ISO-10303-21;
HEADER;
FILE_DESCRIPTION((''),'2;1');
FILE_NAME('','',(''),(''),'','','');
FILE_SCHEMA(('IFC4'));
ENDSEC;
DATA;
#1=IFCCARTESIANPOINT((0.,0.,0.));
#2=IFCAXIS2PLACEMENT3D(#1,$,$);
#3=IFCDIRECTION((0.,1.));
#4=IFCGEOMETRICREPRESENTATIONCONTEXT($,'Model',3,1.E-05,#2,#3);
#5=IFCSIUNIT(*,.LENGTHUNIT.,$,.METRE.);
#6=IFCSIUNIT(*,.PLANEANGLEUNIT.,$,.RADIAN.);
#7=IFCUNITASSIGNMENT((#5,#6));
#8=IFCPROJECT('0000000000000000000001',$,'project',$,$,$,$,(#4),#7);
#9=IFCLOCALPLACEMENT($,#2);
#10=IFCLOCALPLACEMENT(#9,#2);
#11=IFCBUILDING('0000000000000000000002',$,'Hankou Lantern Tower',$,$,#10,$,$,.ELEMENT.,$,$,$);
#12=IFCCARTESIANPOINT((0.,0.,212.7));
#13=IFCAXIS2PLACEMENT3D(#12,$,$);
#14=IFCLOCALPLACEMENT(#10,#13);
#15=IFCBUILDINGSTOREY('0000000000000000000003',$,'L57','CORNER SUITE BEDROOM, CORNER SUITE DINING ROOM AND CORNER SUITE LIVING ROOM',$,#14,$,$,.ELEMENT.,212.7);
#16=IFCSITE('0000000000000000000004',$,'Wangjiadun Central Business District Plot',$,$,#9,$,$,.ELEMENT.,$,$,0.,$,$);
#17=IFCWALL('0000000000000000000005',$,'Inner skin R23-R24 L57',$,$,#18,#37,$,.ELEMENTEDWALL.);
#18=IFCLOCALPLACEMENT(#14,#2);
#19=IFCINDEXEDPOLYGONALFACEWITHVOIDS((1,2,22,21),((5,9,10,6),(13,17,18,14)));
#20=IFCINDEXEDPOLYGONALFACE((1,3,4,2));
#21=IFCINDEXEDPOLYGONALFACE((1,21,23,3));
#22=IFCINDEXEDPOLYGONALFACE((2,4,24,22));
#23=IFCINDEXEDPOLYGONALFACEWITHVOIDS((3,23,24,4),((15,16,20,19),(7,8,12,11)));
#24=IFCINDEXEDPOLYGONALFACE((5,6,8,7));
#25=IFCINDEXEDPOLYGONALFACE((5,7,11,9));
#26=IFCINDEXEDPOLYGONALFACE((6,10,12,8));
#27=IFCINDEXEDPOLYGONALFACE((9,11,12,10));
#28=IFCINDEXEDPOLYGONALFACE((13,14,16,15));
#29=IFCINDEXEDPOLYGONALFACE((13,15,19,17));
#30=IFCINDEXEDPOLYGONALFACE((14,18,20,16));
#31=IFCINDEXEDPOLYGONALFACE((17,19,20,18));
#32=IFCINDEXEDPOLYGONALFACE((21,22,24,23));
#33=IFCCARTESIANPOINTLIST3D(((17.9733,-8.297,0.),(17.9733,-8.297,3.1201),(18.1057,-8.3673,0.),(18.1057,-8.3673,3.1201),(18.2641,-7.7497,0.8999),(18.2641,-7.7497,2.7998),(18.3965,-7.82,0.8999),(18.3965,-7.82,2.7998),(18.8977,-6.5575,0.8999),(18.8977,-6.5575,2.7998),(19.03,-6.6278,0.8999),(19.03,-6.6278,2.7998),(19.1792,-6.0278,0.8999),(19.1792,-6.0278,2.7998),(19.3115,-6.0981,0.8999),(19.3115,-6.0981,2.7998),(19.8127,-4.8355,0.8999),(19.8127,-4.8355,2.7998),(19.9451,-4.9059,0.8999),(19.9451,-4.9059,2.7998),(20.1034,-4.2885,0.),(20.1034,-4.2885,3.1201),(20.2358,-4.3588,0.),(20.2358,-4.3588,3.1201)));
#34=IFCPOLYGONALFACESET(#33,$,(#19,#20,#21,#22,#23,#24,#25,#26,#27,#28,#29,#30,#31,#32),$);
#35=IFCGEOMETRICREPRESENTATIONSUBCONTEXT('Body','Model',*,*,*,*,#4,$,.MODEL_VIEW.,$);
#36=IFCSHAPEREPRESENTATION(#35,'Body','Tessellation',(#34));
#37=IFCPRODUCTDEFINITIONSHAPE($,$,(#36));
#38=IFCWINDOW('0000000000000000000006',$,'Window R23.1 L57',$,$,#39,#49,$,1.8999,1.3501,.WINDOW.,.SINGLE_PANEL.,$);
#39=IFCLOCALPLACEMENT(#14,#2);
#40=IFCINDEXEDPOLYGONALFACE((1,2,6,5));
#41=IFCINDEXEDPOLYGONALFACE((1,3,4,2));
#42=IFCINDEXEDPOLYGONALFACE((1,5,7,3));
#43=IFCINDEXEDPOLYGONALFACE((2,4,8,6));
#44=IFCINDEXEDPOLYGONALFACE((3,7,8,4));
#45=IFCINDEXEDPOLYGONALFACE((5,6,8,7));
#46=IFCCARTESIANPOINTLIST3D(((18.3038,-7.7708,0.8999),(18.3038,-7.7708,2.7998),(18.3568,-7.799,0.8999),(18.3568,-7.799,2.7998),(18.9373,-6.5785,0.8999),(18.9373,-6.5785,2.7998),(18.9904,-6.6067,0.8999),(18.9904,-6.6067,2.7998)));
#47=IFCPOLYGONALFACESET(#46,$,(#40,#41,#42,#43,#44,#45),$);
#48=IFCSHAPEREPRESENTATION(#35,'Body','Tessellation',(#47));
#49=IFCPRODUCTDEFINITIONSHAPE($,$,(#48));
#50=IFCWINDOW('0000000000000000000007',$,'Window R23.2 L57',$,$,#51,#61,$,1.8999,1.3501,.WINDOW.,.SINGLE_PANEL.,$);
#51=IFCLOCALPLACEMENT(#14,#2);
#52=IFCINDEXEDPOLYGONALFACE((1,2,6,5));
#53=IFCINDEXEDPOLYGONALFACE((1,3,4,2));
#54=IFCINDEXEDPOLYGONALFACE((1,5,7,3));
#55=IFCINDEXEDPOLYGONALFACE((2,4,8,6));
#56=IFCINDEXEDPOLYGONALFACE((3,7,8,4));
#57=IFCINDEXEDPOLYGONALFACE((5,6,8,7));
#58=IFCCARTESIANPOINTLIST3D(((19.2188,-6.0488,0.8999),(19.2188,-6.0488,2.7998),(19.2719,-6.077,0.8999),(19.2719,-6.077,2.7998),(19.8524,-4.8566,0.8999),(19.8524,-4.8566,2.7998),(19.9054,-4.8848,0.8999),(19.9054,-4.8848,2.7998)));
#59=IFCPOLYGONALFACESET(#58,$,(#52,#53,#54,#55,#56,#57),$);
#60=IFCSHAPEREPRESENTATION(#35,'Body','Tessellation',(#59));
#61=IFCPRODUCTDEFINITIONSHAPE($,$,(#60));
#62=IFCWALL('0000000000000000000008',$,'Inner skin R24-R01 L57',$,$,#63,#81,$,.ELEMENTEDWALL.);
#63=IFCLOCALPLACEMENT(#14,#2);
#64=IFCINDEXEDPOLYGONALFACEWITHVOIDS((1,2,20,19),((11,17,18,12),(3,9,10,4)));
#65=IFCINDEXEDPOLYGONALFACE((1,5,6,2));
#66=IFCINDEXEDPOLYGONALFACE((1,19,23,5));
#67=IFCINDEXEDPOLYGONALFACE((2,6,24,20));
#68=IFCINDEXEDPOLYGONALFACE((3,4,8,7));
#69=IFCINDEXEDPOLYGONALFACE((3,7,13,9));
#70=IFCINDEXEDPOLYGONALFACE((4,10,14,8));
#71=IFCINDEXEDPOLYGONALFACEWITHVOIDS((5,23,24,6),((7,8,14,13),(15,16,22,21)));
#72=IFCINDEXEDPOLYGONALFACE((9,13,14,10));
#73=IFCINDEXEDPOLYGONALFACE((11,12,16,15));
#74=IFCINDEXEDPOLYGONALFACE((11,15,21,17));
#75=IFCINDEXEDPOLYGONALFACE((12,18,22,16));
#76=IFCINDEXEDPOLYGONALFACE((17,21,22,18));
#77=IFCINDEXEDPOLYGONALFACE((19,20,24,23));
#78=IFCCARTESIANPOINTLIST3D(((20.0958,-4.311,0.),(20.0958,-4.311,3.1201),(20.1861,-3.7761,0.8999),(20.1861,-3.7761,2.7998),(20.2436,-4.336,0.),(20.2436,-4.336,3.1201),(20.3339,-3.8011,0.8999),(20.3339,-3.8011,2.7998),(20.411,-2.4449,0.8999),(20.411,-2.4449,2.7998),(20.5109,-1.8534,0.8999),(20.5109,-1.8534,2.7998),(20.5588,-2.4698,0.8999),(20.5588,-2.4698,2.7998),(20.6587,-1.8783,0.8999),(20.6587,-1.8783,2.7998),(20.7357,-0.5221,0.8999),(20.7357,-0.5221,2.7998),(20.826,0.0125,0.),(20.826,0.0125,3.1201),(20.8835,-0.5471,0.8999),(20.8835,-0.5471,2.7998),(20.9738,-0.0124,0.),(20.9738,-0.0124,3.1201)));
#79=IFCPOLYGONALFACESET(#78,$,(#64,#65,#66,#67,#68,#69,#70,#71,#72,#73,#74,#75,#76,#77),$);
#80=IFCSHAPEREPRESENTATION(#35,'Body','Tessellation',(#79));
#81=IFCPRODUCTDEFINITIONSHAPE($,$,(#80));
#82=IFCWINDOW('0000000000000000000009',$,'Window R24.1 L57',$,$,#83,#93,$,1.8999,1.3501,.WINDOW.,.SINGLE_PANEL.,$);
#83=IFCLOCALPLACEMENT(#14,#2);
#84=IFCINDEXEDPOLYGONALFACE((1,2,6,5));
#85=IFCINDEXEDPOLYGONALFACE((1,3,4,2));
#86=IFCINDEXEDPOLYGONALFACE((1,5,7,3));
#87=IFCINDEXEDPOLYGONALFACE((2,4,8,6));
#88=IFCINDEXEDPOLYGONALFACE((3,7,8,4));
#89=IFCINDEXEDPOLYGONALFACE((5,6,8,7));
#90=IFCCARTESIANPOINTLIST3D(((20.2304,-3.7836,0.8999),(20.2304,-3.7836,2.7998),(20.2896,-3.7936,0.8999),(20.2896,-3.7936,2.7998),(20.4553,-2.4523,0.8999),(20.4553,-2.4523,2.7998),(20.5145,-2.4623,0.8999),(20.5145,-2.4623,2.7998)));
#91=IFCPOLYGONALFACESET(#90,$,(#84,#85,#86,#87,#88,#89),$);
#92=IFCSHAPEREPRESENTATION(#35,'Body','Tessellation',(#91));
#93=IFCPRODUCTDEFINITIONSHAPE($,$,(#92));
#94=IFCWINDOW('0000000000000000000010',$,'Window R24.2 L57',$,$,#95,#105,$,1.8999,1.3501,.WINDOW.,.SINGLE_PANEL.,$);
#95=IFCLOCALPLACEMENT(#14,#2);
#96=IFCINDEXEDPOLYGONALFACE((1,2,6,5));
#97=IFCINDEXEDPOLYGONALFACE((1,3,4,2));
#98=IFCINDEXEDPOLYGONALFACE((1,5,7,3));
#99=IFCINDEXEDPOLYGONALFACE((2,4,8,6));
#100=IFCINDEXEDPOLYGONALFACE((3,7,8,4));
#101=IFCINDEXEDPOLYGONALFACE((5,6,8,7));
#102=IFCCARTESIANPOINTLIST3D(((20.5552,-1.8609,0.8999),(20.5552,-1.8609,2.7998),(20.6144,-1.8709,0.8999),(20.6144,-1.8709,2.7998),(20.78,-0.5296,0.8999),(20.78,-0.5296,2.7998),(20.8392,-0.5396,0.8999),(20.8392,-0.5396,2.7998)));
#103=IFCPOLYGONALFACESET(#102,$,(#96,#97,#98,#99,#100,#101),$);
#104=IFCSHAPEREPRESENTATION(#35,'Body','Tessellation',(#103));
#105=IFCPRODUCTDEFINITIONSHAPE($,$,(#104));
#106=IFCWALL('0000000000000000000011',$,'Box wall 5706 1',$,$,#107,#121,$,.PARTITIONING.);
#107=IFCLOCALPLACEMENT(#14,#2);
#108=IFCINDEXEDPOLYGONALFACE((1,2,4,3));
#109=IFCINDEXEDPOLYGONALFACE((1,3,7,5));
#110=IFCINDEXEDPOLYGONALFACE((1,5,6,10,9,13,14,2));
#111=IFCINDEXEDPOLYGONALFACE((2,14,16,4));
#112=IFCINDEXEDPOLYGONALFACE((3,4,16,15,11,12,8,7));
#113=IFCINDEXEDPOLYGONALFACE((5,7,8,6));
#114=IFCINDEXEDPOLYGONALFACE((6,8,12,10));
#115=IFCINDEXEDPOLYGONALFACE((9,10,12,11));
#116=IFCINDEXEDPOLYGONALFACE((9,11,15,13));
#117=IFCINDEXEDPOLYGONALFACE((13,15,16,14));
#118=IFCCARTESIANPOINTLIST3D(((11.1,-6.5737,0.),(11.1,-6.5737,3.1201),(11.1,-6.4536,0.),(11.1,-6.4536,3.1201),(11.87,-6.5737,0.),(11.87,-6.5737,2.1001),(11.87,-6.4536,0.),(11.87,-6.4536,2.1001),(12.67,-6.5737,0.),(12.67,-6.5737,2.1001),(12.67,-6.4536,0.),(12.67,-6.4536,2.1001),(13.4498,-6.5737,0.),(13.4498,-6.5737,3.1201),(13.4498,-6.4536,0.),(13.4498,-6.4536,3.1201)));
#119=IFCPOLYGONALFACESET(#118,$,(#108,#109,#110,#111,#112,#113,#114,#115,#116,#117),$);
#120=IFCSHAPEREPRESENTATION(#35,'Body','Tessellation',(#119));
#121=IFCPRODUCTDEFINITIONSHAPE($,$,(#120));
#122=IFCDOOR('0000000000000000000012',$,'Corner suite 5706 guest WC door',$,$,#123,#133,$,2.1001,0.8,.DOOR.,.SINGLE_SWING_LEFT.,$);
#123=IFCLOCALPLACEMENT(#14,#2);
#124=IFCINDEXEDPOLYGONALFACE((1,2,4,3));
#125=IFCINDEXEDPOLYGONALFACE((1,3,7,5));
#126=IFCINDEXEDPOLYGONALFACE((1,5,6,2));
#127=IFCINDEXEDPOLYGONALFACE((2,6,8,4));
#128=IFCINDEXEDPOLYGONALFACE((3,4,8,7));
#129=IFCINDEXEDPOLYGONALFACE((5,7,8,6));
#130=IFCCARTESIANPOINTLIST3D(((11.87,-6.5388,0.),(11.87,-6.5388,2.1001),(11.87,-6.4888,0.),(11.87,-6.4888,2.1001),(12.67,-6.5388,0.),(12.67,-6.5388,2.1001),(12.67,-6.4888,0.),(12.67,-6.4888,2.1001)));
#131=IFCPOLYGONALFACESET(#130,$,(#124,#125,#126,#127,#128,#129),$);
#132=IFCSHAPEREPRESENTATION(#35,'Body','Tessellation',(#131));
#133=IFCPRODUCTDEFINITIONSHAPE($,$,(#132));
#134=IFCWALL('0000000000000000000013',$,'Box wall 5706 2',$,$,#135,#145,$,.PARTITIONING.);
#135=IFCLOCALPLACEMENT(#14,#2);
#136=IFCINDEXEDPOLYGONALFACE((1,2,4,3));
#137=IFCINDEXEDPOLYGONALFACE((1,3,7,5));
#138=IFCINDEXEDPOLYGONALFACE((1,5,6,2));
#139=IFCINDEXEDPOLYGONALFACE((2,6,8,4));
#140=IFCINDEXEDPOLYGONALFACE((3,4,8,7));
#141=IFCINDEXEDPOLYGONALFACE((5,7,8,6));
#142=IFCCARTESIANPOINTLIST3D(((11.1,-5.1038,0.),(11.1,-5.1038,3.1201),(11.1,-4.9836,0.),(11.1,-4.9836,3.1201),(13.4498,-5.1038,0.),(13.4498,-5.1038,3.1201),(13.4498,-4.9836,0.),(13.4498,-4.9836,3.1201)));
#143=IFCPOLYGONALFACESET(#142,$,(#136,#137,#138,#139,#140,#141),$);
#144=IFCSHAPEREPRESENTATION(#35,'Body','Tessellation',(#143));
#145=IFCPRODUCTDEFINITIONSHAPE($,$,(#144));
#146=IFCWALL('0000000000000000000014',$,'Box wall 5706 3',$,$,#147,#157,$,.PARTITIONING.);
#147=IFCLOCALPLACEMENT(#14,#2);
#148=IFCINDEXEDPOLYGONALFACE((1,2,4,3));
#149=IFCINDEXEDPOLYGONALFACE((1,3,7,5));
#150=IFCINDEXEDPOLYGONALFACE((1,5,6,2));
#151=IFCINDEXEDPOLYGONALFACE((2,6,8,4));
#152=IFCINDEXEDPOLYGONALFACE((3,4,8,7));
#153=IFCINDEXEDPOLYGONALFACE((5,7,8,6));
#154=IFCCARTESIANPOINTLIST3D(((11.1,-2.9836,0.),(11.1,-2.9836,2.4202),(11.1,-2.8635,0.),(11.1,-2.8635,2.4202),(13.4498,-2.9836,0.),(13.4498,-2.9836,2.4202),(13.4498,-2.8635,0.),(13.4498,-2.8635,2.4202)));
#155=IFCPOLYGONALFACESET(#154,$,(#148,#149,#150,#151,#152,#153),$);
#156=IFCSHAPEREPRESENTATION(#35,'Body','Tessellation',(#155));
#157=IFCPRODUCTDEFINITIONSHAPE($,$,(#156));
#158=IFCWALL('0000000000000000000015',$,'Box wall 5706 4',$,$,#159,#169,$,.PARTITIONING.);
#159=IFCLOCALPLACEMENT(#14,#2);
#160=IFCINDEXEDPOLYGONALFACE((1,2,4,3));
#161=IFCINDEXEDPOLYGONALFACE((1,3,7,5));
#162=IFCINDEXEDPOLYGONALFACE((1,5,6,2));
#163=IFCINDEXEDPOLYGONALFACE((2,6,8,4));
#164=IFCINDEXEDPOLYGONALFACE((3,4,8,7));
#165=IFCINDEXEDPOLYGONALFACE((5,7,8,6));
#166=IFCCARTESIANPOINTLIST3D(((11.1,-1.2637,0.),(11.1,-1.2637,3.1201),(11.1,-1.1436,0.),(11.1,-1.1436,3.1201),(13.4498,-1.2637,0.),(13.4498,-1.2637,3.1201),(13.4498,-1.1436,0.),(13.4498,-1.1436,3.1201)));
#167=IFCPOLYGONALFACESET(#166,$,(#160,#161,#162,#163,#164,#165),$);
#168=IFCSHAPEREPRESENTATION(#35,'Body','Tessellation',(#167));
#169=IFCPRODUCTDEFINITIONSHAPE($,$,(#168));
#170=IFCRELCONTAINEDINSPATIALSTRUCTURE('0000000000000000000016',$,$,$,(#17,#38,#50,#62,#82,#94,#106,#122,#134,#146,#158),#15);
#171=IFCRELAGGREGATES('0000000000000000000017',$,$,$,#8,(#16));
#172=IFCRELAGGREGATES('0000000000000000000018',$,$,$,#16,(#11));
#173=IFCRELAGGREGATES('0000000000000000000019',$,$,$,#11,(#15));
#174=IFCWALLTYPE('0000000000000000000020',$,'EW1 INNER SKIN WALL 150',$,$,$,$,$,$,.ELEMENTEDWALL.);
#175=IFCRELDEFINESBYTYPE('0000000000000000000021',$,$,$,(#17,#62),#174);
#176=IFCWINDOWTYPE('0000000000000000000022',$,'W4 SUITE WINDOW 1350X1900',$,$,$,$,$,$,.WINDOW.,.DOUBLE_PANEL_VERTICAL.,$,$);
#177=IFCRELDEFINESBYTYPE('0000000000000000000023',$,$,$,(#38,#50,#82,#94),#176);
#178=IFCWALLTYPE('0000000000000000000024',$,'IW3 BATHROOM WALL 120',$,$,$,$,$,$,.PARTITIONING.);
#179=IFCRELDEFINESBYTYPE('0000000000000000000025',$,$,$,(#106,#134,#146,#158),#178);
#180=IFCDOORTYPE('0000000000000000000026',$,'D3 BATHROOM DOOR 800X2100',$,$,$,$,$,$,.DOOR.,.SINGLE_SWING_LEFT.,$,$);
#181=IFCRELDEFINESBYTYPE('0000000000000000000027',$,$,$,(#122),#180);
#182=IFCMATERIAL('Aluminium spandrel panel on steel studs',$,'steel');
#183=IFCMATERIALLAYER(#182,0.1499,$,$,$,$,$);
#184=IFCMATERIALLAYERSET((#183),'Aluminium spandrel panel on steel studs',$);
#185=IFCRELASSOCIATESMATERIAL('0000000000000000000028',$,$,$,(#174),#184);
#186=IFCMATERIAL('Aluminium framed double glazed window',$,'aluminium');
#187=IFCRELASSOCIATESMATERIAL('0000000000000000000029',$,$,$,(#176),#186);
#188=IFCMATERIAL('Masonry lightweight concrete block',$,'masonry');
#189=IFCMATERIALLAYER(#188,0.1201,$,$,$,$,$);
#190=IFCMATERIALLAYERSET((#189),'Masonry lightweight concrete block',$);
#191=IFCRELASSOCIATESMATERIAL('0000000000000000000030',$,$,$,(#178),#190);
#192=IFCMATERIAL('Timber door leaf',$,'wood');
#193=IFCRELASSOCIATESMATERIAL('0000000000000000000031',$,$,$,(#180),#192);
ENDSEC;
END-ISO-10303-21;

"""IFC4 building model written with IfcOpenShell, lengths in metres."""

from ifc_helpers import new_model, si_unit, direction, frame, frame_2d, origin, place, context, subcontext, project, spatial, rectangle, extrude, material, layer, layer_set, type_object, element, fill, save


model = new_model("IFC4")

# Units and contexts
model_context = context("Model", 3, precision=1e-05, world=origin(), true_north=direction((0.0, 1.0)))
body_context = subcontext(model_context, "Body", "Model", "MODEL_VIEW")
ifc_project = project(units=[si_unit("LENGTHUNIT", "METRE"), si_unit("PLANEANGLEUNIT", "RADIAN")], contexts=[model_context])

# Site, building, storey
site_placement = place(None, origin())
site = spatial("IfcSite", under=ifc_project, at=site_placement, Name="Wangjiadun Central Business District Plot", CompositionType="ELEMENT", RefElevation=0.0)
building_placement = place(site_placement, origin())
building = spatial("IfcBuilding", under=site, at=building_placement, Name="Hankou Lantern Tower", CompositionType="ELEMENT")
storey_placement = place(building_placement, frame((0.0, 0.0, 212.7)))
storey = spatial("IfcBuildingStorey", under=building, at=storey_placement, Name="L57", Description="CORNER SUITE BEDROOM, CORNER SUITE DINING ROOM AND CORNER SUITE LIVING ROOM", CompositionType="ELEMENT", Elevation=212.7)

# Walls, openings, windows
ifc_material_1 = material(Name="Aluminium spandrel panel on steel studs", Category="steel")
ifc_layer_1 = layer(ifc_material_1, 0.1499)
ifc_layer_set_1 = layer_set([ifc_layer_1], Name="Aluminium spandrel panel on steel studs")
wall_type_1 = type_object("IfcWallType", Name="EW1 INNER SKIN WALL 150", PredefinedType="ELEMENTEDWALL", material=ifc_layer_set_1)
wall_1_placement = place(storey_placement, frame((18.0396, -8.332, 0.0), z_axis=(0.0, 0.0, 1.0), x_axis=(0.469256, 0.883062, 0.0)))
wall_1 = element("IfcWall", 1, at=wall_1_placement, inside=storey, type_object=wall_type_1, Name="Inner skin R23-R24 L57", PredefinedType="ELEMENTEDWALL", context=body_context, shape_type="SweptSolid", body=[
    extrude(rectangle(XDim=4.5393, YDim=0.1499, at=frame_2d((2.2695, 0.0))), origin(), (0.0, 0.0, 1.0), 3.1201),
])
opening_1_placement = place(wall_1_placement, frame((0.6196, 0.0, 0.8999)))
opening_1 = element("IfcOpeningElement", 2, at=opening_1_placement, cuts=wall_1, PredefinedType="OPENING", context=body_context, shape_type="SweptSolid", body=[
    extrude(rectangle(XDim=1.3501, YDim=1.8999, at=frame_2d((0.675, 0.95))), frame((0.0, 0.085, 0.0), z_axis=(0.0, -1.0, 0.0), x_axis=(1.0, 0.0, 0.0)), (0.0, 0.0, 1.0), 0.1699),
])
opening_2_placement = place(wall_1_placement, frame((2.5696, 0.0, 0.8999)))
opening_2 = element("IfcOpeningElement", 3, at=opening_2_placement, cuts=wall_1, PredefinedType="OPENING", context=body_context, shape_type="SweptSolid", body=[
    extrude(rectangle(XDim=1.3501, YDim=1.8999, at=frame_2d((0.675, 0.95))), frame((0.0, 0.085, 0.0), z_axis=(0.0, -1.0, 0.0), x_axis=(1.0, 0.0, 0.0)), (0.0, 0.0, 1.0), 0.1699),
])
ifc_material_2 = material(Name="Aluminium framed double glazed window", Category="aluminium")
window_type = type_object("IfcWindowType", Name="W4 SUITE WINDOW 1350X1900", PartitioningType="DOUBLE_PANEL_VERTICAL", PredefinedType="WINDOW", material=ifc_material_2)
window_1_placement = place(opening_1_placement, origin())
window_1 = element("IfcWindow", 4, at=window_1_placement, inside=storey, type_object=window_type, Name="Window R23.1 L57", OverallHeight=1.8999, OverallWidth=1.3501, PartitioningType="SINGLE_PANEL", PredefinedType="WINDOW", context=body_context, shape_type="SweptSolid", body=[
    extrude(rectangle(XDim=1.3501, YDim=1.8999, at=frame_2d((0.675, 0.95))), frame((0.0, 0.03, 0.0), z_axis=(0.0, -1.0, 0.0), x_axis=(1.0, 0.0, 0.0)), (0.0, 0.0, 1.0), 0.0601),
])
fill(opening_1, window_1)
window_2_placement = place(opening_2_placement, origin())
window_2 = element("IfcWindow", 5, at=window_2_placement, inside=storey, type_object=window_type, Name="Window R23.2 L57", OverallHeight=1.8999, OverallWidth=1.3501, PartitioningType="SINGLE_PANEL", PredefinedType="WINDOW", context=body_context, shape_type="SweptSolid", body=[
    extrude(rectangle(XDim=1.3501, YDim=1.8999, at=frame_2d((0.675, 0.95))), frame((0.0, 0.03, 0.0), z_axis=(0.0, -1.0, 0.0), x_axis=(1.0, 0.0, 0.0)), (0.0, 0.0, 1.0), 0.0601),
])
fill(opening_2, window_2)
wall_2_placement = place(storey_placement, frame((20.1697, -4.3235, 0.0), z_axis=(0.0, 0.0, 1.0), x_axis=(0.166539, 0.986035, 0.0)))
wall_2 = element("IfcWall", 6, at=wall_2_placement, inside=storey, type_object=wall_type_1, Name="Inner skin R24-R01 L57", PredefinedType="ELEMENTEDWALL", context=body_context, shape_type="SweptSolid", body=[
    extrude(rectangle(XDim=4.3848, YDim=0.1499, at=frame_2d((2.1924, 0.0))), origin(), (0.0, 0.0, 1.0), 3.1201),
])
opening_3_placement = place(wall_2_placement, frame((0.5425, 0.0, 0.8999)))
opening_3 = element("IfcOpeningElement", 7, at=opening_3_placement, cuts=wall_2, PredefinedType="OPENING", context=body_context, shape_type="SweptSolid", body=[
    extrude(rectangle(XDim=1.3501, YDim=1.8999, at=frame_2d((0.675, 0.95))), frame((0.0, 0.085, 0.0), z_axis=(0.0, -1.0, 0.0), x_axis=(1.0, 0.0, 0.0)), (0.0, 0.0, 1.0), 0.1699),
])
opening_4_placement = place(wall_2_placement, frame((2.4924, 0.0, 0.8999)))
opening_4 = element("IfcOpeningElement", 8, at=opening_4_placement, cuts=wall_2, PredefinedType="OPENING", context=body_context, shape_type="SweptSolid", body=[
    extrude(rectangle(XDim=1.3501, YDim=1.8999, at=frame_2d((0.675, 0.95))), frame((0.0, 0.085, 0.0), z_axis=(0.0, -1.0, 0.0), x_axis=(1.0, 0.0, 0.0)), (0.0, 0.0, 1.0), 0.1699),
])
window_3_placement = place(opening_3_placement, origin())
window_3 = element("IfcWindow", 9, at=window_3_placement, inside=storey, type_object=window_type, Name="Window R24.1 L57", OverallHeight=1.8999, OverallWidth=1.3501, PartitioningType="SINGLE_PANEL", PredefinedType="WINDOW", context=body_context, shape_type="SweptSolid", body=[
    extrude(rectangle(XDim=1.3501, YDim=1.8999, at=frame_2d((0.675, 0.95))), frame((0.0, 0.03, 0.0), z_axis=(0.0, -1.0, 0.0), x_axis=(1.0, 0.0, 0.0)), (0.0, 0.0, 1.0), 0.0601),
])
fill(opening_3, window_3)
window_4_placement = place(opening_4_placement, origin())
window_4 = element("IfcWindow", 10, at=window_4_placement, inside=storey, type_object=window_type, Name="Window R24.2 L57", OverallHeight=1.8999, OverallWidth=1.3501, PartitioningType="SINGLE_PANEL", PredefinedType="WINDOW", context=body_context, shape_type="SweptSolid", body=[
    extrude(rectangle(XDim=1.3501, YDim=1.8999, at=frame_2d((0.675, 0.95))), frame((0.0, 0.03, 0.0), z_axis=(0.0, -1.0, 0.0), x_axis=(1.0, 0.0, 0.0)), (0.0, 0.0, 1.0), 0.0601),
])
fill(opening_4, window_4)

# Wall, opening, door
ifc_material_3 = material(Name="Masonry lightweight concrete block", Category="masonry")
ifc_layer_2 = layer(ifc_material_3, 0.1201)
ifc_layer_set_2 = layer_set([ifc_layer_2], Name="Masonry lightweight concrete block")
wall_type_2 = type_object("IfcWallType", Name="IW3 BATHROOM WALL 120", PredefinedType="PARTITIONING", material=ifc_layer_set_2)
wall_3_placement = place(storey_placement, frame((11.1001, -6.5137, 0.0), z_axis=(0.0, 0.0, 1.0), x_axis=(1.0, 0.0, 0.0)))
wall_3 = element("IfcWall", 11, at=wall_3_placement, inside=storey, type_object=wall_type_2, Name="Box wall 5706 1", PredefinedType="PARTITIONING", context=body_context, shape_type="SweptSolid", body=[
    extrude(rectangle(XDim=2.3499, YDim=0.1201, at=frame_2d((1.1748, 0.0))), origin(), (0.0, 0.0, 1.0), 3.1201),
])
opening_5_placement = place(wall_3_placement, frame((0.77, 0.0, 0.0)))
opening_5 = element("IfcOpeningElement", 12, at=opening_5_placement, cuts=wall_3, PredefinedType="OPENING", context=body_context, shape_type="SweptSolid", body=[
    extrude(rectangle(XDim=0.8, YDim=2.1001, at=frame_2d((0.3999, 1.05))), frame((0.0, 0.0701, 0.0), z_axis=(0.0, -1.0, 0.0), x_axis=(1.0, 0.0, 0.0)), (0.0, 0.0, 1.0), 0.1401),
])
ifc_material_4 = material(Name="Timber door leaf", Category="wood")
door_type_1 = type_object("IfcDoorType", Name="D3 BATHROOM DOOR 800X2100", OperationType="SINGLE_SWING_LEFT", PredefinedType="DOOR", material=ifc_material_4)
door_1_placement = place(opening_5_placement, origin())
door_1 = element("IfcDoor", 13, at=door_1_placement, inside=storey, type_object=door_type_1, Name="Corner suite 5706 guest WC door", OperationType="SINGLE_SWING_LEFT", OverallHeight=2.1001, OverallWidth=0.8, PredefinedType="DOOR", context=body_context, shape_type="SweptSolid", body=[
    extrude(rectangle(XDim=0.8, YDim=2.1001, at=frame_2d((0.3999, 1.05))), frame((0.0, 0.0249, 0.0), z_axis=(0.0, -1.0, 0.0), x_axis=(1.0, 0.0, 0.0)), (0.0, 0.0, 1.0), 0.05),
])
fill(opening_5, door_1)

# Walls
wall_4_placement = place(storey_placement, frame((11.1001, -5.0437, 0.0), z_axis=(0.0, 0.0, 1.0), x_axis=(1.0, 0.0, 0.0)))
element("IfcWall", 14, at=wall_4_placement, inside=storey, type_object=wall_type_2, Name="Box wall 5706 2", PredefinedType="PARTITIONING", context=body_context, shape_type="SweptSolid", body=[
    extrude(rectangle(XDim=2.3499, YDim=0.1201, at=frame_2d((1.1748, 0.0))), origin(), (0.0, 0.0, 1.0), 3.1201),
])
wall_5_placement = place(storey_placement, frame((11.1001, -2.9236, 0.0), z_axis=(0.0, 0.0, 1.0), x_axis=(1.0, 0.0, 0.0)))
element("IfcWall", 15, at=wall_5_placement, inside=storey, type_object=wall_type_2, Name="Box wall 5706 3", PredefinedType="PARTITIONING", context=body_context, shape_type="SweptSolid", body=[
    extrude(rectangle(XDim=2.3499, YDim=0.1201, at=frame_2d((1.1748, 0.0))), origin(), (0.0, 0.0, 1.0), 2.4202),
])
wall_6_placement = place(storey_placement, frame((11.1001, -1.2036, 0.0), z_axis=(0.0, 0.0, 1.0), x_axis=(1.0, 0.0, 0.0)))
element("IfcWall", 16, at=wall_6_placement, inside=storey, type_object=wall_type_2, Name="Box wall 5706 4", PredefinedType="PARTITIONING", context=body_context, shape_type="SweptSolid", body=[
    extrude(rectangle(XDim=2.3499, YDim=0.1201, at=frame_2d((1.1748, 0.0))), origin(), (0.0, 0.0, 1.0), 3.1201),
])

save(model, "model.ifc")
